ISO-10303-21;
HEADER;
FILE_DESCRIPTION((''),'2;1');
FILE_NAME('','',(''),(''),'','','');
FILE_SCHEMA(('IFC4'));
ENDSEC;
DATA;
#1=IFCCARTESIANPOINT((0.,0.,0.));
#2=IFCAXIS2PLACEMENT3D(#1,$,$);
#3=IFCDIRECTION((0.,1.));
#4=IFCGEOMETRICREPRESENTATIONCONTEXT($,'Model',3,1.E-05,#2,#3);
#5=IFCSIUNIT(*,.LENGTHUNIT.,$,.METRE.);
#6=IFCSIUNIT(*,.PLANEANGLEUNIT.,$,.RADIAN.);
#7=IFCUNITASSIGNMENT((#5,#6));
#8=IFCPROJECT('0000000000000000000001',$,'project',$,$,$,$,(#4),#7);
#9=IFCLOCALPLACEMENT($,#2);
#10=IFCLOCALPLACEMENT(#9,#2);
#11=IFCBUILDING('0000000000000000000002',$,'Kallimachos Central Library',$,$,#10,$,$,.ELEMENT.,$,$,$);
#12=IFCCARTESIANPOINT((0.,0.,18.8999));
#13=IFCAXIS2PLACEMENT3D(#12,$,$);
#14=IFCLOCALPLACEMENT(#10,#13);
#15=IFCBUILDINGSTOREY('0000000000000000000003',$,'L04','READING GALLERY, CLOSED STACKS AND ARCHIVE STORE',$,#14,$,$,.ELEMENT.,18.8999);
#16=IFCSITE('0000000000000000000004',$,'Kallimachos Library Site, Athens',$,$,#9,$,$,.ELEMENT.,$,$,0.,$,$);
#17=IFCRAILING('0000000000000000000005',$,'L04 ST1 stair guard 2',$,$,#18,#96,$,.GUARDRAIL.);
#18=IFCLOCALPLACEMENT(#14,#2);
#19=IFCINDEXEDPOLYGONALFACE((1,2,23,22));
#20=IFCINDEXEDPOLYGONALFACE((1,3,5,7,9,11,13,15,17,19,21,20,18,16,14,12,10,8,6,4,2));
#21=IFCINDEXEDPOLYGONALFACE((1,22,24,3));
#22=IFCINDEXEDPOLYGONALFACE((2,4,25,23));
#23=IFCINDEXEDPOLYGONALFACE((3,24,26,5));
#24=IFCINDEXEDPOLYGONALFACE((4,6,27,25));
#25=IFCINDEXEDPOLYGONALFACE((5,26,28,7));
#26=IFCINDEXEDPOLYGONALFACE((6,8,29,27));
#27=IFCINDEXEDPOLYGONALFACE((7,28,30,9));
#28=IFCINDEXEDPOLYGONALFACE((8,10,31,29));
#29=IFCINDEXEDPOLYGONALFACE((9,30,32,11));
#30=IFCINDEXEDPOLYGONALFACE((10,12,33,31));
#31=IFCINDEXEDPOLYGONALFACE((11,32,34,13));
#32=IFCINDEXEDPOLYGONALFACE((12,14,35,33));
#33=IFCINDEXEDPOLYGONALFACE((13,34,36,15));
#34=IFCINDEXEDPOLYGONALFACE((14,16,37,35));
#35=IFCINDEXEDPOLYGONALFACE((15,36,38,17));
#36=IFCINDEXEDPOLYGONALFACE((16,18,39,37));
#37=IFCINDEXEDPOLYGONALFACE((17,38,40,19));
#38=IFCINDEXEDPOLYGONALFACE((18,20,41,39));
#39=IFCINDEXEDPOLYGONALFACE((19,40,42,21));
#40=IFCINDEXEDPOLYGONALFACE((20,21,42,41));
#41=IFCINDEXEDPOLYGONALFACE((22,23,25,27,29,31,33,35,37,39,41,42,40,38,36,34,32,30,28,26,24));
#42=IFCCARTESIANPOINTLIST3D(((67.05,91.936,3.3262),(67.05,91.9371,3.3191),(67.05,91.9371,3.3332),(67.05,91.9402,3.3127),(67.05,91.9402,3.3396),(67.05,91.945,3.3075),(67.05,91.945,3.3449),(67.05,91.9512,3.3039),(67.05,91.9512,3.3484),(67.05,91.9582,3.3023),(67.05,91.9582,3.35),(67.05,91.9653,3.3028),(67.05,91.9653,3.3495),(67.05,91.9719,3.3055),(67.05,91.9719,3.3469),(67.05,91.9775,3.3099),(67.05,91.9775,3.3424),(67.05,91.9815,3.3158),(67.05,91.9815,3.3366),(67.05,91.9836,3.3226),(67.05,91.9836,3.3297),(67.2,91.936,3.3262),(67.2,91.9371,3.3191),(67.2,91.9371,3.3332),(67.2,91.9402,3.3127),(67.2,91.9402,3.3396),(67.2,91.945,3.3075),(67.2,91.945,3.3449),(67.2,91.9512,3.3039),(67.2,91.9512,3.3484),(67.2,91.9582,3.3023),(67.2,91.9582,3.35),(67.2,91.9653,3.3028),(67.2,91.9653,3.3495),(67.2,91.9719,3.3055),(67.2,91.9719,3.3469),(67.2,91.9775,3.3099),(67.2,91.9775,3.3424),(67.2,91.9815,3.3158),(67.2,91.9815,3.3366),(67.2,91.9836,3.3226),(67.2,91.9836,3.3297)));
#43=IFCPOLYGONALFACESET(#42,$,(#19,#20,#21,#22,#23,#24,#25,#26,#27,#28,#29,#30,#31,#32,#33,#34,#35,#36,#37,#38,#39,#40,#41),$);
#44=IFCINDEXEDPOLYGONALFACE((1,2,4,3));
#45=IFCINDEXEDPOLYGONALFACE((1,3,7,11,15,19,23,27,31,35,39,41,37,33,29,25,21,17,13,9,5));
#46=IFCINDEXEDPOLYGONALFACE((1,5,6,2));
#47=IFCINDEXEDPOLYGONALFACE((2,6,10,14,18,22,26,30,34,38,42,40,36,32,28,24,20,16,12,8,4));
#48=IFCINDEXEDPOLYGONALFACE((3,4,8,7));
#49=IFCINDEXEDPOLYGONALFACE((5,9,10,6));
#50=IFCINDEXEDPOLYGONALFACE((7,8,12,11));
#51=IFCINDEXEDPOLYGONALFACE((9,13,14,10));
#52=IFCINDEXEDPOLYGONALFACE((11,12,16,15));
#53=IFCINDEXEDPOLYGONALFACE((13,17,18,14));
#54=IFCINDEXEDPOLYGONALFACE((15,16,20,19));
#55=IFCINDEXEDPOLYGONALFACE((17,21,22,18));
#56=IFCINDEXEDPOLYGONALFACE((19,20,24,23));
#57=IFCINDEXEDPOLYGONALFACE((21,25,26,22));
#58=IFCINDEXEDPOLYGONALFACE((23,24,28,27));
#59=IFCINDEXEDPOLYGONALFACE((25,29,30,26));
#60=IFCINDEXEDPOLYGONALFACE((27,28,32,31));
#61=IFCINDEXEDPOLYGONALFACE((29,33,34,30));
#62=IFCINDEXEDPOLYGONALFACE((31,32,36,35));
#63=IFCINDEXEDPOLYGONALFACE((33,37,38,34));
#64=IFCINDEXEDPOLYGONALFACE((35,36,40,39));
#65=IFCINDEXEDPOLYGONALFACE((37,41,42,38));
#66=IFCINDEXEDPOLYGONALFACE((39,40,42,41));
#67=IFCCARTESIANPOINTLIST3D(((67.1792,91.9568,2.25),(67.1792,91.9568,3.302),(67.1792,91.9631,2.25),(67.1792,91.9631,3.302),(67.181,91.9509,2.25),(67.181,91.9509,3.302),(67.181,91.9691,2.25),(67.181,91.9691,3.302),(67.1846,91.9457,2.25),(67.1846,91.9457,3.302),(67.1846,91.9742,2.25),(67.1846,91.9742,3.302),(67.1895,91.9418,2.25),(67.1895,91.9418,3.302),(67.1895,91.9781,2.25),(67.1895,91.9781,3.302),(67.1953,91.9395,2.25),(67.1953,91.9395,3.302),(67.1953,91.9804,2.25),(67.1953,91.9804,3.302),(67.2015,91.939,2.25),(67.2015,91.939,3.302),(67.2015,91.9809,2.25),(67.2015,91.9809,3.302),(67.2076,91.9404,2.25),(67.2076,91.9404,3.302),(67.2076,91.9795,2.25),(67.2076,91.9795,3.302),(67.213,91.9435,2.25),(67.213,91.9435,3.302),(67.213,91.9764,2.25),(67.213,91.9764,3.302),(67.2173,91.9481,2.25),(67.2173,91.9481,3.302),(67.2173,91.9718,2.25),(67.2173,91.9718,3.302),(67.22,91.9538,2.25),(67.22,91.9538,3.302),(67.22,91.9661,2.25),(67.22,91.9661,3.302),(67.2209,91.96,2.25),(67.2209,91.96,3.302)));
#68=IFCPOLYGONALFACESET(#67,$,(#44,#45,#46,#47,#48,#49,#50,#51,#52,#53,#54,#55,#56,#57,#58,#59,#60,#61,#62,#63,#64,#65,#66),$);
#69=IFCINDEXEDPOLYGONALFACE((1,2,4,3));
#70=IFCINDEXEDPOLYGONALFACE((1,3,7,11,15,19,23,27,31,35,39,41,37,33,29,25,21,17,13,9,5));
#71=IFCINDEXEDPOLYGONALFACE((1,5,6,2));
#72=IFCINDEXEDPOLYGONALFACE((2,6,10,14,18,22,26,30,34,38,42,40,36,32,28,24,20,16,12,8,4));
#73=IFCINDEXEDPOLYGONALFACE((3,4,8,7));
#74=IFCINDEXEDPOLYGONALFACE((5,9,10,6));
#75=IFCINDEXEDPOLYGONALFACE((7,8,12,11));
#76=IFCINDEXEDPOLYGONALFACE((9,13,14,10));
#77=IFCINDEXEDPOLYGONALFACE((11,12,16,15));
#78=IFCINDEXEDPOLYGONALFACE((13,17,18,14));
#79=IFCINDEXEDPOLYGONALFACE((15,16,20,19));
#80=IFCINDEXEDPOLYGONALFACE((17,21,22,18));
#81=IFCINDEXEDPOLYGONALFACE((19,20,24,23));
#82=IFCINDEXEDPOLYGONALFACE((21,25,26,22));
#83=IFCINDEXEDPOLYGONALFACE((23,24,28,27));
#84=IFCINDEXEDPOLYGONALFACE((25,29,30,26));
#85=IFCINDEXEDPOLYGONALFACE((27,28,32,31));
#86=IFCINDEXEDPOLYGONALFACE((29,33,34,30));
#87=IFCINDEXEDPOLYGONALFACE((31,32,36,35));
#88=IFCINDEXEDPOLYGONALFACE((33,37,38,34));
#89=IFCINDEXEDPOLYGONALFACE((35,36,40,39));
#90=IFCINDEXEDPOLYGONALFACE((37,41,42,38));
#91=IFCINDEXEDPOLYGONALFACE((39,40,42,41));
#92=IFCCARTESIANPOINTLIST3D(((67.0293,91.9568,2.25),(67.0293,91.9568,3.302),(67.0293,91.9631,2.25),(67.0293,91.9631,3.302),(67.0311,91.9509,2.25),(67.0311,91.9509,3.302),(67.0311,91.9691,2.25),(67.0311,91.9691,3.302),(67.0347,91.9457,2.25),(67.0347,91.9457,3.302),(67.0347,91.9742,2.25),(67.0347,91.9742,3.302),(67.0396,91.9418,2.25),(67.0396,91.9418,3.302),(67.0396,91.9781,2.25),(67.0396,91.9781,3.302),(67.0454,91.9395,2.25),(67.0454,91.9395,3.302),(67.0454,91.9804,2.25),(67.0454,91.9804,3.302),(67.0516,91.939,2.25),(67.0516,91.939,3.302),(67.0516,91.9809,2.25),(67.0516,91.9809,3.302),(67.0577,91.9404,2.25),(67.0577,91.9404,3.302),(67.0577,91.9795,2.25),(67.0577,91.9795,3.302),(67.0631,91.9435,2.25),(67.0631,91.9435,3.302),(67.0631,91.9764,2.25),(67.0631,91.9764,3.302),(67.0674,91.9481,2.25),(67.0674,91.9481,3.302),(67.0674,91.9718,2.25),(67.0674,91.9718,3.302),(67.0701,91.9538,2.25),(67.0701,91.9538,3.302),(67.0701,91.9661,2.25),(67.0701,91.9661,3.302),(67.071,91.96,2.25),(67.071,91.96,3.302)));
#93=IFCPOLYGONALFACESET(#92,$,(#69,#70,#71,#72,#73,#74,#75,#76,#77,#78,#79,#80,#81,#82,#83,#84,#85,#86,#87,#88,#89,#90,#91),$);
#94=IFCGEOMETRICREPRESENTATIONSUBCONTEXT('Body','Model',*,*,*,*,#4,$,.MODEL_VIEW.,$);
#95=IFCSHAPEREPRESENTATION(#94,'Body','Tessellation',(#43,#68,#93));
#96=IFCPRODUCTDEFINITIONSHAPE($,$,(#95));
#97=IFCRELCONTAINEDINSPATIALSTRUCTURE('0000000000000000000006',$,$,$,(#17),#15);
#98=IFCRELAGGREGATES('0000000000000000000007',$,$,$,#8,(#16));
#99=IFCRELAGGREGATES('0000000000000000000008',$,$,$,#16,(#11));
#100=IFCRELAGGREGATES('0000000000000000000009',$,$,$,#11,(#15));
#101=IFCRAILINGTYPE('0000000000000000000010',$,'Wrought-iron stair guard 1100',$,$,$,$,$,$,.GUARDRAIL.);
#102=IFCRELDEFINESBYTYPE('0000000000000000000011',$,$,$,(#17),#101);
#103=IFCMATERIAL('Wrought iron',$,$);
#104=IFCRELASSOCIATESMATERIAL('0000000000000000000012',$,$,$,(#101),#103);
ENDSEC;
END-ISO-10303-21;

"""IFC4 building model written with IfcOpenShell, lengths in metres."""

from ifc_helpers import new_model, si_unit, direction, frame, origin, origin_2d, place, context, subcontext, project, spatial, circle, extrude, material, type_object, element, save


model = new_model("IFC4")

# Units and contexts
model_context = context("Model", 3, precision=1e-05, world=origin(), true_north=direction((0.0, 1.0)))
body_context = subcontext(model_context, "Body", "Model", "MODEL_VIEW")
ifc_project = project(units=[si_unit("LENGTHUNIT", "METRE"), si_unit("PLANEANGLEUNIT", "RADIAN")], contexts=[model_context])

# Site, building, storey
site_placement = place(None, origin())
site = spatial("IfcSite", under=ifc_project, at=site_placement, Name="Kallimachos Library Site, Athens", CompositionType="ELEMENT", RefElevation=0.0)
building_placement = place(site_placement, origin())
building = spatial("IfcBuilding", under=site, at=building_placement, Name="Kallimachos Central Library", CompositionType="ELEMENT")
storey_placement = place(building_placement, frame((0.0, 0.0, 18.8999)))
storey = spatial("IfcBuildingStorey", under=building, at=storey_placement, Name="L04", Description="READING GALLERY, CLOSED STACKS AND ARCHIVE STORE", CompositionType="ELEMENT", Elevation=18.8999)

# Railing
ifc_material_1 = material(Name="Wrought iron")
railing_type_1 = type_object("IfcRailingType", Name="Wrought-iron stair guard 1100", PredefinedType="GUARDRAIL", material=ifc_material_1)
railing_1_placement = place(storey_placement, frame((67.2, 91.96, 2.25)))
element("IfcRailing", 1, at=railing_1_placement, inside=storey, type_object=railing_type_1, Name="L04 ST1 stair guard 2", PredefinedType="GUARDRAIL", context=body_context, shape_type="SweptSolid", body=[
    extrude(circle(Radius=0.0239, at=origin_2d()), frame((0.0, 0.0, 1.0762), z_axis=(-1.0, 0.0, 0.0), x_axis=(0.0, -1.0, 0.0)), (0.0, 0.0, 1.0), 0.1499),
    extrude(circle(Radius=0.021, at=origin_2d()), origin(), (0.0, 0.0, 1.0), 1.052),
    extrude(circle(Radius=0.021, at=origin_2d()), frame((-0.1499, 0.0, 0.0)), (0.0, 0.0, 1.0), 1.052),
])

save(model, "model.ifc")
